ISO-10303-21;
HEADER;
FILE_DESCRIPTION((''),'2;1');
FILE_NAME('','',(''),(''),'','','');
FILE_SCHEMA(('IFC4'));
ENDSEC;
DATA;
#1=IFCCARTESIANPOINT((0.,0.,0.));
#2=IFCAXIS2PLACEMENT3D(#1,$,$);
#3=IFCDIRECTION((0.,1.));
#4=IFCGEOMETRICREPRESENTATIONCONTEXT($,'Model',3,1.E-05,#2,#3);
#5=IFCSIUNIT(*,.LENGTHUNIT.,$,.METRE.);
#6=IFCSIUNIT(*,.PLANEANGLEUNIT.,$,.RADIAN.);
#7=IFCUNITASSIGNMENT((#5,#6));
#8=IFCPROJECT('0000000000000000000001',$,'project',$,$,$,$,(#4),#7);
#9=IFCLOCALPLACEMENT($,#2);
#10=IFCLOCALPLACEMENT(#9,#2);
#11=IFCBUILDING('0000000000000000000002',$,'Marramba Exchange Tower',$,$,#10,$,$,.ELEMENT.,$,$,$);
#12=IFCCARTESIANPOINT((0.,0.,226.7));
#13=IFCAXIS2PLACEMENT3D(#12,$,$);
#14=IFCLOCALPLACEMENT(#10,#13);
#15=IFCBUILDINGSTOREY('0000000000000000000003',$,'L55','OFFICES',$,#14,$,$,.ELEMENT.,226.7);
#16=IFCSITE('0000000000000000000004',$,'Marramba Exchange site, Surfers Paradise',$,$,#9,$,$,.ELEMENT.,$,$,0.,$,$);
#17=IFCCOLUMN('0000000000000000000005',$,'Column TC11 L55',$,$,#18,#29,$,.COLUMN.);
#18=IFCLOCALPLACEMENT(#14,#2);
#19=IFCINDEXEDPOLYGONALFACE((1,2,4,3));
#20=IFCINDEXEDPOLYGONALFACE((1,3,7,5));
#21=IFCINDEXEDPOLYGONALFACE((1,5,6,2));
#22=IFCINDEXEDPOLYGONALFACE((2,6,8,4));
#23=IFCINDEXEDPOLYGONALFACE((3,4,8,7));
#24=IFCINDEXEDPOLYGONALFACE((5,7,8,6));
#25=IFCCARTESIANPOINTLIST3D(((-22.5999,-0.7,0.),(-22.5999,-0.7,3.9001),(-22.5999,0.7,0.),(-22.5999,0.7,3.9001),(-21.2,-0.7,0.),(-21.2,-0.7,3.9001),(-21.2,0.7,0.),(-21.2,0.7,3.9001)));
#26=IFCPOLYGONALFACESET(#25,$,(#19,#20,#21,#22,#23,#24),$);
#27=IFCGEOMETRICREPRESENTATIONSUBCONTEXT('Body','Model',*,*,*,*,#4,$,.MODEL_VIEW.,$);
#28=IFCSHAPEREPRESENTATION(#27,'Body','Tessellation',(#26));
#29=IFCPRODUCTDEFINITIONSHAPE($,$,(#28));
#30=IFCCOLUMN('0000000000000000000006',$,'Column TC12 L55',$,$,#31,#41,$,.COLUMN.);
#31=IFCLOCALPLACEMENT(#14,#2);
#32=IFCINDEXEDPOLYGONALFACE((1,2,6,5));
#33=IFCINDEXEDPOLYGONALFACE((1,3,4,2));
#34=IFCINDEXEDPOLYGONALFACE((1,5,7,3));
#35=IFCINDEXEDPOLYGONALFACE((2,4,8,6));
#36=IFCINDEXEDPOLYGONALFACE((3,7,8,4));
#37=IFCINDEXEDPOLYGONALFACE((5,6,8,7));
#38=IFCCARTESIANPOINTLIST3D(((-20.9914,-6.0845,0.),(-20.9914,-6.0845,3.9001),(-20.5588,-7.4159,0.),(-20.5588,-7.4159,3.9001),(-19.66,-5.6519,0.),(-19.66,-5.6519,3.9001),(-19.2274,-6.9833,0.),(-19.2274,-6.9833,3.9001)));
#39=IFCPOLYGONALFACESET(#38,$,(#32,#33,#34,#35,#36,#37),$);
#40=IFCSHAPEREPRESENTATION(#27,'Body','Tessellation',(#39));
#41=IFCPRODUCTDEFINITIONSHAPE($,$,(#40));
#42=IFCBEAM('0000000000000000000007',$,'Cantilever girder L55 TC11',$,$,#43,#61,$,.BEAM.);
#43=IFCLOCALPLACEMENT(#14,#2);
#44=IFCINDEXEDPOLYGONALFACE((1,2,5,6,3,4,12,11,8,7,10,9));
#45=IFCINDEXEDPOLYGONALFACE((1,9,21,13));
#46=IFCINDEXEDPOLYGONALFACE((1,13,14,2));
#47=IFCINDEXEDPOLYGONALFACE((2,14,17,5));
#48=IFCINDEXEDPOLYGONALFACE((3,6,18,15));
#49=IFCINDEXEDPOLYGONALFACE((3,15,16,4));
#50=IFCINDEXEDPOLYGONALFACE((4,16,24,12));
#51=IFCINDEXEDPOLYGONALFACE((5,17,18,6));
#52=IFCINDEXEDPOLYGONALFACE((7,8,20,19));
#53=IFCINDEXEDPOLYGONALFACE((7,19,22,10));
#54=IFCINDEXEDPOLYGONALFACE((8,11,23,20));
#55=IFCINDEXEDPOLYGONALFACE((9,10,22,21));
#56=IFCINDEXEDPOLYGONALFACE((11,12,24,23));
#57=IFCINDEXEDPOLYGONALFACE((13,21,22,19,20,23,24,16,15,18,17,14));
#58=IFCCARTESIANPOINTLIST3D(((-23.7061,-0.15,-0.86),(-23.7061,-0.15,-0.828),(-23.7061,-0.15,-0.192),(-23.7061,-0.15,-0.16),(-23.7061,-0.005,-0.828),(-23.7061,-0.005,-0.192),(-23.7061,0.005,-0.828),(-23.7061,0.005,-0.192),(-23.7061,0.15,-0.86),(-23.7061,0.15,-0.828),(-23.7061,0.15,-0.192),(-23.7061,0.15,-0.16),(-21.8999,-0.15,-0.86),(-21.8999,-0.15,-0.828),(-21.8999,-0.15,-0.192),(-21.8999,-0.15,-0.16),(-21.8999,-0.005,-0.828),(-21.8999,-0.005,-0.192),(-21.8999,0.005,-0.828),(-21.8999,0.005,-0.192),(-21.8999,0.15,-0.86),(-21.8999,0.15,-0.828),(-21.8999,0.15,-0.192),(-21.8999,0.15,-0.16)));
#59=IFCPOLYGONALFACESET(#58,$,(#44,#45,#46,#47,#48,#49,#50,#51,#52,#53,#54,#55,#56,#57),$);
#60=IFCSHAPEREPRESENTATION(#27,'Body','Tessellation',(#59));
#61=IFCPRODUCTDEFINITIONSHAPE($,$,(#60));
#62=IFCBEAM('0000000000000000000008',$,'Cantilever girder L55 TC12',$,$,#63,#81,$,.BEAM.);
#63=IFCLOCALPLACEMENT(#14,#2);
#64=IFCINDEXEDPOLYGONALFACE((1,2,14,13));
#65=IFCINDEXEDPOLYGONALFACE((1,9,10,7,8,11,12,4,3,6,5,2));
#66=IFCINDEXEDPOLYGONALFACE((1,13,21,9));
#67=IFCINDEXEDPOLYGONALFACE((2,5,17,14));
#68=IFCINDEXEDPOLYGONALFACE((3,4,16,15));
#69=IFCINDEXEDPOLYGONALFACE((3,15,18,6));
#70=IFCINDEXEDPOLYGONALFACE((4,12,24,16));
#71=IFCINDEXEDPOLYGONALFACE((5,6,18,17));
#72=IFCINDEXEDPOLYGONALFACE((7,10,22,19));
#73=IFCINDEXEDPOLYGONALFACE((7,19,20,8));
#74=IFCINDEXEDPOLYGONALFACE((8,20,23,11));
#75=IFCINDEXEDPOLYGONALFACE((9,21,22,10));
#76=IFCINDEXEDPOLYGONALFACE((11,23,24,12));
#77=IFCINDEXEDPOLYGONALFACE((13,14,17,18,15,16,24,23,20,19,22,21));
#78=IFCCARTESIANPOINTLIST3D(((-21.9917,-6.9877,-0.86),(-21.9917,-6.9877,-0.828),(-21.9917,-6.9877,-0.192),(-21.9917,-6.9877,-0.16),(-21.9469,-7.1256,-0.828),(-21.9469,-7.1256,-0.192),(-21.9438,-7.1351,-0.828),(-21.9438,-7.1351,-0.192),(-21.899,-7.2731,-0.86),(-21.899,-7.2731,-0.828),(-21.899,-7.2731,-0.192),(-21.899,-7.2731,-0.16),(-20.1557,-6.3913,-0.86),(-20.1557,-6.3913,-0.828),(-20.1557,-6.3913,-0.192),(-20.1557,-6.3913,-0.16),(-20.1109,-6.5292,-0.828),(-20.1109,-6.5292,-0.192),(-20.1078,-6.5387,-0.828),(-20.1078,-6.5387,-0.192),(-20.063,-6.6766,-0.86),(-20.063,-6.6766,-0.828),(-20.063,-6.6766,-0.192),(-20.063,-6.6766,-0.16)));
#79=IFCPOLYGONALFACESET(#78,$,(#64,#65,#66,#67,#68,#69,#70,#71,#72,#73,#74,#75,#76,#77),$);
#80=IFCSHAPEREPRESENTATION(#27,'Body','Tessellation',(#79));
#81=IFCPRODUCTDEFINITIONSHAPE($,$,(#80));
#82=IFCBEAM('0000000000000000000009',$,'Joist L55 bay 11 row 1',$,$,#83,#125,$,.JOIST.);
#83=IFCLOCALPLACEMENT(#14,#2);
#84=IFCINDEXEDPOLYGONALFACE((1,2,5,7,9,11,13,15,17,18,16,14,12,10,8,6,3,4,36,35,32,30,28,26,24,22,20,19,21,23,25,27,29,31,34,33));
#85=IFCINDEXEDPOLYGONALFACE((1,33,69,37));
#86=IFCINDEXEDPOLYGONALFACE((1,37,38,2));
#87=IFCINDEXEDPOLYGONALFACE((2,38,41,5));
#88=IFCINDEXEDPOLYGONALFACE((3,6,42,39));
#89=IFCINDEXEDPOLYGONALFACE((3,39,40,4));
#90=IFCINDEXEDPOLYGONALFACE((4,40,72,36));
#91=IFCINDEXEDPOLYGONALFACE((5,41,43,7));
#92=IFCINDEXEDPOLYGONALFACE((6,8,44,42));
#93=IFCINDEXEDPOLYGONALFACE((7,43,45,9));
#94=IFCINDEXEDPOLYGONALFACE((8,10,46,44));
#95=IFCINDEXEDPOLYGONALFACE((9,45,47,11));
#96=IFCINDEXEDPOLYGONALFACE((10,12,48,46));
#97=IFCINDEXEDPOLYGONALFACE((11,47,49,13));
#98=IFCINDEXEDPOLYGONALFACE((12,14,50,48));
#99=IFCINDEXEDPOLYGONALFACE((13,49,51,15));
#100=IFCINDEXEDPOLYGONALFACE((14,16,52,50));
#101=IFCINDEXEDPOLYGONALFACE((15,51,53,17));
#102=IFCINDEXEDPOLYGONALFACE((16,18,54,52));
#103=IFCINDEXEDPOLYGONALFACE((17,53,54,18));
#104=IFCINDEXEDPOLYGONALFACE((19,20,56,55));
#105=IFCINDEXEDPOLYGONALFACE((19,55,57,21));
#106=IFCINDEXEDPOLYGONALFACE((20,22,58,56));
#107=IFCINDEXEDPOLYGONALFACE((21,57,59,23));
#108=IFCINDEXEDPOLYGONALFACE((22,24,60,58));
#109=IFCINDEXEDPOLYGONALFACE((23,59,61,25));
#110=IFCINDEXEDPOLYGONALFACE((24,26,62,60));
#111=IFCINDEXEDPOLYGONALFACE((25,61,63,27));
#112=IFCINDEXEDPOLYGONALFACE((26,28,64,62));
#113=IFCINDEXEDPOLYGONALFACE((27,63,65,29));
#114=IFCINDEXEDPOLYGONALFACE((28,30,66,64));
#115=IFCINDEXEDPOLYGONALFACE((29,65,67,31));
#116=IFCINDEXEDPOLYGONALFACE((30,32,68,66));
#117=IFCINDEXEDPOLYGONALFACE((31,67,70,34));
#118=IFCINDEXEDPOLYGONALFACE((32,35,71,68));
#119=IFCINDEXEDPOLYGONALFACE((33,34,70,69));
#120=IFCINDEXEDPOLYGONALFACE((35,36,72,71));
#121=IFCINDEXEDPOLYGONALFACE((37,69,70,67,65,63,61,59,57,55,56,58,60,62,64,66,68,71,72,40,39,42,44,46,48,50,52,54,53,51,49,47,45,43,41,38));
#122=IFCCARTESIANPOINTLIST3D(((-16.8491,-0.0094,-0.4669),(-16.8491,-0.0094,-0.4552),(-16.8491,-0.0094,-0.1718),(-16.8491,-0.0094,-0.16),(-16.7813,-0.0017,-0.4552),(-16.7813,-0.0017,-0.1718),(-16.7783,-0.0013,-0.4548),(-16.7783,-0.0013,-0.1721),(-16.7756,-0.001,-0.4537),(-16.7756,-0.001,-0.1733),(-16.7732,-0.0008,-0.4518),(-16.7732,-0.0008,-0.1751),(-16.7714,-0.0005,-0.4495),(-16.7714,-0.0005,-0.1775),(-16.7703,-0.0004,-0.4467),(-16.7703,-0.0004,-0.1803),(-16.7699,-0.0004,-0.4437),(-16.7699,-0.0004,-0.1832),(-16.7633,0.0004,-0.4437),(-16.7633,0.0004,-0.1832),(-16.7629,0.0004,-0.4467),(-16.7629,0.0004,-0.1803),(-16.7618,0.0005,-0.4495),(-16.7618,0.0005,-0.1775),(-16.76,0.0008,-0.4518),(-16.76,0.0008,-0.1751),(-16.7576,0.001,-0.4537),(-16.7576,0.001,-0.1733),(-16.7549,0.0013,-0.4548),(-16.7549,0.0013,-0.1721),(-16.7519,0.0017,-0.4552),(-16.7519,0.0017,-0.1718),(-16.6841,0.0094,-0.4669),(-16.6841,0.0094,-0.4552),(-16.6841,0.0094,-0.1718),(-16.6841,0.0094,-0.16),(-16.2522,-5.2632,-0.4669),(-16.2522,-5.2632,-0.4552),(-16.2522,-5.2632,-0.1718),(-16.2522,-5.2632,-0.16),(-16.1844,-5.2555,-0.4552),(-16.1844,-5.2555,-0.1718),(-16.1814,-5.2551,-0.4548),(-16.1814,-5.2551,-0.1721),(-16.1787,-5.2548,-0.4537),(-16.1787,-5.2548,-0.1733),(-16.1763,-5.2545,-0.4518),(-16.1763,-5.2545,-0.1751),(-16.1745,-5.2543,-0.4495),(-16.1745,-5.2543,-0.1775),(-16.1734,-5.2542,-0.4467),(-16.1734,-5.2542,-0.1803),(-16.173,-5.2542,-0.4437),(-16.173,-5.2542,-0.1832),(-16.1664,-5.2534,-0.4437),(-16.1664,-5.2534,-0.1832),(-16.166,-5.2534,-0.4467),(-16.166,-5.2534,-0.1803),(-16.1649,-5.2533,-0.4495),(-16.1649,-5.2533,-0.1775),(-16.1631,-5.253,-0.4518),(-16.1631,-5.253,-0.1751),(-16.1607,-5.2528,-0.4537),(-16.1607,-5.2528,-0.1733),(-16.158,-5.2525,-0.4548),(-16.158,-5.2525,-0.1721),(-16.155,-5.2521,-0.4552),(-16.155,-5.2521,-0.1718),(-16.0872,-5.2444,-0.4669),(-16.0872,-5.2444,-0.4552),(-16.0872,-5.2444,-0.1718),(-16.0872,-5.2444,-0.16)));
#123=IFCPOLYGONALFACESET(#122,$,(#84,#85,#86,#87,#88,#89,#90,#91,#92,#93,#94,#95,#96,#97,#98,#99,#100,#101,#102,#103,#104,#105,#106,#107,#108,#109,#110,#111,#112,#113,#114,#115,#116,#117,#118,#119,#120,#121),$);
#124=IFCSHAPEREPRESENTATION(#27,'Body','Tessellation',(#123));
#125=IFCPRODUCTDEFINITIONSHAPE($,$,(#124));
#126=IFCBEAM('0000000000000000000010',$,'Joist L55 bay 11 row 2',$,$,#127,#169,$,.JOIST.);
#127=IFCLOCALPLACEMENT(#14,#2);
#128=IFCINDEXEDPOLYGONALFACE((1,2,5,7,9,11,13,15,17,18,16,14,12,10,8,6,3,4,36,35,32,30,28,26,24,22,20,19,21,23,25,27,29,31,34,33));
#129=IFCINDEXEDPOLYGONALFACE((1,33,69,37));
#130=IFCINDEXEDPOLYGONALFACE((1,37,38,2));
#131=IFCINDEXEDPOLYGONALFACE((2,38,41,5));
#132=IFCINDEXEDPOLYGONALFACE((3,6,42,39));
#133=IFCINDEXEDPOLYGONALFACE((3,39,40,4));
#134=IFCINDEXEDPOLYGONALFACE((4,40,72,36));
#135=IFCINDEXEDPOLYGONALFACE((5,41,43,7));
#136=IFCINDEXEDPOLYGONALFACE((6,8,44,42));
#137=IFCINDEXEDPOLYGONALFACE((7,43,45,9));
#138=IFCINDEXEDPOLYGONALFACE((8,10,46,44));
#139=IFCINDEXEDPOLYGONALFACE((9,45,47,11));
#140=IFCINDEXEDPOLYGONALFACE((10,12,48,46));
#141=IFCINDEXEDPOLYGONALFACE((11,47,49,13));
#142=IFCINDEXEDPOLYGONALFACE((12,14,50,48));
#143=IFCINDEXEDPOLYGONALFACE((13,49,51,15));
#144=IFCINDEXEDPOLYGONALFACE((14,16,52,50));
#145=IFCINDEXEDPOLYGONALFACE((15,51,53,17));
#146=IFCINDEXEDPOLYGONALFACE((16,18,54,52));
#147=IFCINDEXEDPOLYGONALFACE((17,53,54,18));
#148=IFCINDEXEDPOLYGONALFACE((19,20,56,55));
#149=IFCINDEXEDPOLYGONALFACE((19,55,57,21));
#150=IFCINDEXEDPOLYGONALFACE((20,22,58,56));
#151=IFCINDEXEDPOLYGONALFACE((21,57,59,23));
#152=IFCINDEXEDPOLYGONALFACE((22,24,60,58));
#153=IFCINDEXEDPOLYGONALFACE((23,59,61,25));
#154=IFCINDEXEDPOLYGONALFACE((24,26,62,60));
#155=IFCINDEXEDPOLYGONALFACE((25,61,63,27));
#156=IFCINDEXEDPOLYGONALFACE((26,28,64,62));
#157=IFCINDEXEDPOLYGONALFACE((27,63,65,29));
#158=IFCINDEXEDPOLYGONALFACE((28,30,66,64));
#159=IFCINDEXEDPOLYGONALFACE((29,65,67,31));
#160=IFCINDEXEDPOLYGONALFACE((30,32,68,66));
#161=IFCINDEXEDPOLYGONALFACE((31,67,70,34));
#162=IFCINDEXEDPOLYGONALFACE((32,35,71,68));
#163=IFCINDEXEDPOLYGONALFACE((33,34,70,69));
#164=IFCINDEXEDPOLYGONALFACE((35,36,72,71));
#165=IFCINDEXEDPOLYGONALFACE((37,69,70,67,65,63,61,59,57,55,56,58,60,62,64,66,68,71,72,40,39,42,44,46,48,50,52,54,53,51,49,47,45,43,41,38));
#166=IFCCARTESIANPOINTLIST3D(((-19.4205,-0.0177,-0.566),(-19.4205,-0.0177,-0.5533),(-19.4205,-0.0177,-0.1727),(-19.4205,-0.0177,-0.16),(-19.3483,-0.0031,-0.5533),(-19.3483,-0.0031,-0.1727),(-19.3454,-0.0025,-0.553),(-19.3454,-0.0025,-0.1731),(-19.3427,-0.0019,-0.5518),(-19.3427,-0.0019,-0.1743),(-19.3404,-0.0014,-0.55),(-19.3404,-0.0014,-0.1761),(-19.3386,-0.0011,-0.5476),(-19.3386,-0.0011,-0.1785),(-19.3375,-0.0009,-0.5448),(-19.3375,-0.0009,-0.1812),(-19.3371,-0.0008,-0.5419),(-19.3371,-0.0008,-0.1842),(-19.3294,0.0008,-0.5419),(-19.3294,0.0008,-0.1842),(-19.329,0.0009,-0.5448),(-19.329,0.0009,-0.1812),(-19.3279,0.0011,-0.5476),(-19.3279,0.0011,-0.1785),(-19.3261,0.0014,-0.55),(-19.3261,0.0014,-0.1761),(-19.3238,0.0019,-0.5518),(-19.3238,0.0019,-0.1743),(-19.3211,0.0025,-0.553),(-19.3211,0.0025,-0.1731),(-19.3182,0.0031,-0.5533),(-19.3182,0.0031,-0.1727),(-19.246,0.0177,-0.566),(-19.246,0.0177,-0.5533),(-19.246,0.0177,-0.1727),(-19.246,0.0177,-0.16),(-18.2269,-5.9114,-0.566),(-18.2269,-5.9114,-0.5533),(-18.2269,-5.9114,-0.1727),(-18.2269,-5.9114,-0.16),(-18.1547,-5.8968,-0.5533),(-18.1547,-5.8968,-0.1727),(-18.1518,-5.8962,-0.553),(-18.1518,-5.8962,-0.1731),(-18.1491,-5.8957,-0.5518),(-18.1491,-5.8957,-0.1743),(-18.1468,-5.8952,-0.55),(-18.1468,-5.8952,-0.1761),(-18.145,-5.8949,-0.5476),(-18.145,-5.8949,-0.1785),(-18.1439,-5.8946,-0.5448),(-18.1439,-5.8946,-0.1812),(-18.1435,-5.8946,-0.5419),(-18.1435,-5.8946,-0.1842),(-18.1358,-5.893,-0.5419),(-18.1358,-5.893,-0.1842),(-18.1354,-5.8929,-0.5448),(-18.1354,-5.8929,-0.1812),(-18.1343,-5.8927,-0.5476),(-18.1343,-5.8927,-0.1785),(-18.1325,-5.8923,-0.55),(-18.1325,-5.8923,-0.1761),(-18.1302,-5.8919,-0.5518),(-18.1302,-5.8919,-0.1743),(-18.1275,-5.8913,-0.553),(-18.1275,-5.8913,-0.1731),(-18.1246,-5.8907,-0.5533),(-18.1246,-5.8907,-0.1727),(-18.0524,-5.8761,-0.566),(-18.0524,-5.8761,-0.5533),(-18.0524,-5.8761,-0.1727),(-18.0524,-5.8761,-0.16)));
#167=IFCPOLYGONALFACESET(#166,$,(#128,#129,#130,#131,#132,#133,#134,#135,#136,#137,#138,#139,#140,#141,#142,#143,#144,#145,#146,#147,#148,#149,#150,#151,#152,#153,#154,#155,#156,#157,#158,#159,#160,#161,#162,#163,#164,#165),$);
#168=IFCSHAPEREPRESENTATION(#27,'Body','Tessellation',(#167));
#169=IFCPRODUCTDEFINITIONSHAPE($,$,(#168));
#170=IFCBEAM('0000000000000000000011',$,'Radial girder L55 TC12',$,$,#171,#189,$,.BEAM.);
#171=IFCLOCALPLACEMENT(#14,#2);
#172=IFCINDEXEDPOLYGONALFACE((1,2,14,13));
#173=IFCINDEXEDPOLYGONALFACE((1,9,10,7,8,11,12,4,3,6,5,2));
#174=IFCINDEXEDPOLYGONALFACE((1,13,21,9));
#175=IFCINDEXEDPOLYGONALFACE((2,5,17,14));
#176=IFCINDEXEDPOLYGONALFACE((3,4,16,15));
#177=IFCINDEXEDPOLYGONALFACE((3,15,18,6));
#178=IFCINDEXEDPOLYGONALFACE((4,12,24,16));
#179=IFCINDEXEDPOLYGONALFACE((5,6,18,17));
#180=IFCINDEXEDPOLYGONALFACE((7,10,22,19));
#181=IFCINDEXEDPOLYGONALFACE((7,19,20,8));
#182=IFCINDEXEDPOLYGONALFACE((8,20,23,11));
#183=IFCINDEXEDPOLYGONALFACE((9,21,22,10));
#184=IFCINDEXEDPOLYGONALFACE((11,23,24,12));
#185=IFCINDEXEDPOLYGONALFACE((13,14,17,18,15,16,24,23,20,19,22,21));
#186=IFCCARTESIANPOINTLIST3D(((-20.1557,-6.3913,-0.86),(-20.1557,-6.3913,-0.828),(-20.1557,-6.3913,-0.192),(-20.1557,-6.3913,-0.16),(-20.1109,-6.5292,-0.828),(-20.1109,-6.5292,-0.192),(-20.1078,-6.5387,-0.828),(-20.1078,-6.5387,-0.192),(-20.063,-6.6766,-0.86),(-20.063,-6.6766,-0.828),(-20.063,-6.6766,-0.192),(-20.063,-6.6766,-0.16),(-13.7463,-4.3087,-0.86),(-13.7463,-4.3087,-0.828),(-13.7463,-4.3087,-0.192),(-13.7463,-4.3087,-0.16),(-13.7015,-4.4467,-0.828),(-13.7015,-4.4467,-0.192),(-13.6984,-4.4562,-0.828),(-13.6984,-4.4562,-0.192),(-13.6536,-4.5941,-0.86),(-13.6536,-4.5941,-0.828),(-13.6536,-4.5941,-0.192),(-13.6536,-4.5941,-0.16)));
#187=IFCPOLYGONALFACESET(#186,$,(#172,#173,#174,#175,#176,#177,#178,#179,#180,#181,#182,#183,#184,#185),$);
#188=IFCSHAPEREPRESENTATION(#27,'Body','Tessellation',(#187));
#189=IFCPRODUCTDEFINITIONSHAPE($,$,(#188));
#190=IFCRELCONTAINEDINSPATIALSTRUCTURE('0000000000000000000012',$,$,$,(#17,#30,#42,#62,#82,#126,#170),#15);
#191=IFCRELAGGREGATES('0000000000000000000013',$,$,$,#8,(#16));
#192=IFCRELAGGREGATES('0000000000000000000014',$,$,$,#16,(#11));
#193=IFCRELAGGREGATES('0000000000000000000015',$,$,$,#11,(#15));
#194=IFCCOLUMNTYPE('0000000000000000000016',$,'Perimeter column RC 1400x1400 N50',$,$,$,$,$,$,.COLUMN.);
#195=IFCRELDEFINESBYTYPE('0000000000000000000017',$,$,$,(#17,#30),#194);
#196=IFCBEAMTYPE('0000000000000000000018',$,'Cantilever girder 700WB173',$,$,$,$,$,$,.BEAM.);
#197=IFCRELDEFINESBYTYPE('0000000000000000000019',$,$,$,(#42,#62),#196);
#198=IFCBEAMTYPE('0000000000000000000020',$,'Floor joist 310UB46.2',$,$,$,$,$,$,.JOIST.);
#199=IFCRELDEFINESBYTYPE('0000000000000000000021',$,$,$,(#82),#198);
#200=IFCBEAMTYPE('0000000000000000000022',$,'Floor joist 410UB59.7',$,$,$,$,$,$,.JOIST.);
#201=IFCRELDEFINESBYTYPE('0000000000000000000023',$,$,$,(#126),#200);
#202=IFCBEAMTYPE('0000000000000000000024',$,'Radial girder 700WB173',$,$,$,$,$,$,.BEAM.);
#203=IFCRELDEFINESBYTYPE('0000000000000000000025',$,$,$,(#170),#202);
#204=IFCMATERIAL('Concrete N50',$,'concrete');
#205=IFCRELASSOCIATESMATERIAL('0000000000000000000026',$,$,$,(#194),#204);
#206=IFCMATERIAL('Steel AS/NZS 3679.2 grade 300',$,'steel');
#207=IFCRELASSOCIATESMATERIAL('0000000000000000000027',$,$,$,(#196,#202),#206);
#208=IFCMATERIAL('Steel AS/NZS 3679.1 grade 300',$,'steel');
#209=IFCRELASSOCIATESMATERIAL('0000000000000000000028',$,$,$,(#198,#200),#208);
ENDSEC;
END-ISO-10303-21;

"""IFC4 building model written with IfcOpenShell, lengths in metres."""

from ifc_helpers import new_model, si_unit, direction, frame, origin, origin_2d, place, context, subcontext, project, spatial, rectangle, i_section, extrude, material, material_profile, profile_set, type_object, element, save


model = new_model("IFC4")

# Units and contexts
model_context = context("Model", 3, precision=1e-05, world=origin(), true_north=direction((0.0, 1.0)))
body_context = subcontext(model_context, "Body", "Model", "MODEL_VIEW")
ifc_project = project(units=[si_unit("LENGTHUNIT", "METRE"), si_unit("PLANEANGLEUNIT", "RADIAN")], contexts=[model_context])

# Site, building, storey
site_placement = place(None, origin())
site = spatial("IfcSite", under=ifc_project, at=site_placement, Name="Marramba Exchange site, Surfers Paradise", CompositionType="ELEMENT", RefElevation=0.0)
building_placement = place(site_placement, origin())
building = spatial("IfcBuilding", under=site, at=building_placement, Name="Marramba Exchange Tower", CompositionType="ELEMENT")
storey_placement = place(building_placement, frame((0.0, 0.0, 226.7)))
storey = spatial("IfcBuildingStorey", under=building, at=storey_placement, Name="L55", Description="OFFICES", CompositionType="ELEMENT", Elevation=226.7)

# Columns
ifc_material_1 = material(Name="Concrete N50", Category="concrete")
ifc_material_profile_1 = material_profile(ifc_material_1, rectangle(XDim=1.3999, YDim=1.3999, at=origin_2d()), Name="RC 1400x1400")
ifc_profile_set_1 = profile_set([ifc_material_profile_1], Name="Concrete N50")
column_type = type_object("IfcColumnType", Name="Perimeter column RC 1400x1400 N50", PredefinedType="COLUMN", material=ifc_profile_set_1)
for number, where, z_axis, x_axis, name in (
    (1, (-21.8999, 0.0, 0.0), (0.0, 0.0, 1.0), (-1.0, 0.0, 0.0), "Column TC11 L55"),
    (2, (-20.1094, -6.5339, 0.0), (0.0, 0.0, 1.0), (-0.951057, -0.309017, 0.0), "Column TC12 L55"),
):
    element("IfcColumn", number, at=place(storey_placement, frame(where, z_axis=z_axis, x_axis=x_axis)), inside=storey, type_object=column_type, Name=name, PredefinedType="COLUMN", context=body_context, shape_type="SweptSolid", body=[
        extrude(rectangle(XDim=1.3999, YDim=1.3999, at=origin_2d()), origin(), (0.0, 0.0, 1.0), 3.9001),
    ])

# Beams
ifc_material_2 = material(Name="Steel AS/NZS 3679.2 grade 300", Category="steel")
ifc_material_profile_2 = material_profile(ifc_material_2, i_section(OverallWidth=0.3, OverallDepth=0.7, WebThickness=0.01, FlangeThickness=0.032, at=origin_2d()), Name="700WB173")
ifc_profile_set_2 = profile_set([ifc_material_profile_2], Name="Steel AS/NZS 3679.2 grade 300")
beam_type_1 = type_object("IfcBeamType", Name="Cantilever girder 700WB173", PredefinedType="BEAM", material=ifc_profile_set_2)
beam_1_placement = place(storey_placement, frame((-21.8999, 0.0, -0.51), z_axis=(-1.0, 0.0, 0.0), x_axis=(0.0, -1.0, 0.0)))
element("IfcBeam", 3, at=beam_1_placement, inside=storey, type_object=beam_type_1, Name="Cantilever girder L55 TC11", PredefinedType="BEAM", context=body_context, shape_type="SweptSolid", body=[
    extrude(i_section(OverallWidth=0.3, OverallDepth=0.7, WebThickness=0.01, FlangeThickness=0.032, at=origin_2d()), origin(), (0.0, 0.0, 1.0), 1.8062),
])
beam_2_placement = place(storey_placement, frame((-20.1094, -6.5339, -0.51), z_axis=(-0.951071, -0.308972, 0.0), x_axis=(0.308972, -0.951071, 0.0)))
element("IfcBeam", 4, at=beam_2_placement, inside=storey, type_object=beam_type_1, Name="Cantilever girder L55 TC12", PredefinedType="BEAM", context=body_context, shape_type="SweptSolid", body=[
    extrude(i_section(OverallWidth=0.3, OverallDepth=0.7, WebThickness=0.01, FlangeThickness=0.032, at=origin_2d()), origin(), (0.0, 0.0, 1.0), 1.9304),
])
ifc_material_3 = material(Name="Steel AS/NZS 3679.1 grade 300", Category="steel")
ifc_material_profile_3 = material_profile(ifc_material_3, i_section(OverallWidth=0.166, OverallDepth=0.3069, WebThickness=0.0066, FlangeThickness=0.0117, FilletRadius=0.0115, at=origin_2d()), Name="310UB46.2")
ifc_profile_set_3 = profile_set([ifc_material_profile_3], Name="Steel AS/NZS 3679.1 grade 300")
beam_type_2 = type_object("IfcBeamType", Name="Floor joist 310UB46.2", PredefinedType="JOIST", material=ifc_profile_set_3)
beam_3_placement = place(storey_placement, frame((-16.7666, 0.0, -0.3135), z_axis=(0.112889, -0.993608, 0.0), x_axis=(0.993608, 0.112889, 0.0)))
element("IfcBeam", 5, at=beam_3_placement, inside=storey, type_object=beam_type_2, Name="Joist L55 bay 11 row 1", PredefinedType="JOIST", context=body_context, shape_type="SweptSolid", body=[
    extrude(i_section(OverallWidth=0.166, OverallDepth=0.3069, WebThickness=0.0066, FlangeThickness=0.0117, FilletRadius=0.0115, at=origin_2d()), origin(), (0.0, 0.0, 1.0), 5.2876),
])
ifc_material_profile_4 = material_profile(ifc_material_3, i_section(OverallWidth=0.178, OverallDepth=0.406, WebThickness=0.0078, FlangeThickness=0.0127, FilletRadius=0.0115, at=origin_2d()), Name="410UB59.7")
ifc_profile_set_4 = profile_set([ifc_material_profile_4], Name="Steel AS/NZS 3679.1 grade 300")
beam_type_3 = type_object("IfcBeamType", Name="Floor joist 410UB59.7", PredefinedType="JOIST", material=ifc_profile_set_4)
beam_4_placement = place(storey_placement, frame((-19.3333, 0.0, -0.363), z_axis=(0.198489, -0.980103, 0.0), x_axis=(0.980103, 0.198489, 0.0)))
element("IfcBeam", 6, at=beam_4_placement, inside=storey, type_object=beam_type_3, Name="Joist L55 bay 11 row 2", PredefinedType="JOIST", context=body_context, shape_type="SweptSolid", body=[
    extrude(i_section(OverallWidth=0.178, OverallDepth=0.406, WebThickness=0.0078, FlangeThickness=0.0127, FilletRadius=0.0115, at=origin_2d()), origin(), (0.0, 0.0, 1.0), 6.0134),
])
ifc_material_profile_5 = material_profile(ifc_material_2, i_section(OverallWidth=0.3, OverallDepth=0.7, WebThickness=0.01, FlangeThickness=0.032, at=origin_2d()), Name="700WB173")
ifc_profile_set_5 = profile_set([ifc_material_profile_5], Name="Steel AS/NZS 3679.2 grade 300")
beam_type_4 = type_object("IfcBeamType", Name="Radial girder 700WB173", PredefinedType="BEAM", material=ifc_profile_set_5)
beam_5_placement = place(storey_placement, frame((-13.7, -4.4514, -0.51), z_axis=(-0.951058, -0.309013, 0.0), x_axis=(0.309013, -0.951058, 0.0)))
element("IfcBeam", 7, at=beam_5_placement, inside=storey, type_object=beam_type_4, Name="Radial girder L55 TC12", PredefinedType="BEAM", context=body_context, shape_type="SweptSolid", body=[
    extrude(i_section(OverallWidth=0.3, OverallDepth=0.7, WebThickness=0.01, FlangeThickness=0.032, at=origin_2d()), origin(), (0.0, 0.0, 1.0), 6.7393),
])

save(model, "model.ifc")
